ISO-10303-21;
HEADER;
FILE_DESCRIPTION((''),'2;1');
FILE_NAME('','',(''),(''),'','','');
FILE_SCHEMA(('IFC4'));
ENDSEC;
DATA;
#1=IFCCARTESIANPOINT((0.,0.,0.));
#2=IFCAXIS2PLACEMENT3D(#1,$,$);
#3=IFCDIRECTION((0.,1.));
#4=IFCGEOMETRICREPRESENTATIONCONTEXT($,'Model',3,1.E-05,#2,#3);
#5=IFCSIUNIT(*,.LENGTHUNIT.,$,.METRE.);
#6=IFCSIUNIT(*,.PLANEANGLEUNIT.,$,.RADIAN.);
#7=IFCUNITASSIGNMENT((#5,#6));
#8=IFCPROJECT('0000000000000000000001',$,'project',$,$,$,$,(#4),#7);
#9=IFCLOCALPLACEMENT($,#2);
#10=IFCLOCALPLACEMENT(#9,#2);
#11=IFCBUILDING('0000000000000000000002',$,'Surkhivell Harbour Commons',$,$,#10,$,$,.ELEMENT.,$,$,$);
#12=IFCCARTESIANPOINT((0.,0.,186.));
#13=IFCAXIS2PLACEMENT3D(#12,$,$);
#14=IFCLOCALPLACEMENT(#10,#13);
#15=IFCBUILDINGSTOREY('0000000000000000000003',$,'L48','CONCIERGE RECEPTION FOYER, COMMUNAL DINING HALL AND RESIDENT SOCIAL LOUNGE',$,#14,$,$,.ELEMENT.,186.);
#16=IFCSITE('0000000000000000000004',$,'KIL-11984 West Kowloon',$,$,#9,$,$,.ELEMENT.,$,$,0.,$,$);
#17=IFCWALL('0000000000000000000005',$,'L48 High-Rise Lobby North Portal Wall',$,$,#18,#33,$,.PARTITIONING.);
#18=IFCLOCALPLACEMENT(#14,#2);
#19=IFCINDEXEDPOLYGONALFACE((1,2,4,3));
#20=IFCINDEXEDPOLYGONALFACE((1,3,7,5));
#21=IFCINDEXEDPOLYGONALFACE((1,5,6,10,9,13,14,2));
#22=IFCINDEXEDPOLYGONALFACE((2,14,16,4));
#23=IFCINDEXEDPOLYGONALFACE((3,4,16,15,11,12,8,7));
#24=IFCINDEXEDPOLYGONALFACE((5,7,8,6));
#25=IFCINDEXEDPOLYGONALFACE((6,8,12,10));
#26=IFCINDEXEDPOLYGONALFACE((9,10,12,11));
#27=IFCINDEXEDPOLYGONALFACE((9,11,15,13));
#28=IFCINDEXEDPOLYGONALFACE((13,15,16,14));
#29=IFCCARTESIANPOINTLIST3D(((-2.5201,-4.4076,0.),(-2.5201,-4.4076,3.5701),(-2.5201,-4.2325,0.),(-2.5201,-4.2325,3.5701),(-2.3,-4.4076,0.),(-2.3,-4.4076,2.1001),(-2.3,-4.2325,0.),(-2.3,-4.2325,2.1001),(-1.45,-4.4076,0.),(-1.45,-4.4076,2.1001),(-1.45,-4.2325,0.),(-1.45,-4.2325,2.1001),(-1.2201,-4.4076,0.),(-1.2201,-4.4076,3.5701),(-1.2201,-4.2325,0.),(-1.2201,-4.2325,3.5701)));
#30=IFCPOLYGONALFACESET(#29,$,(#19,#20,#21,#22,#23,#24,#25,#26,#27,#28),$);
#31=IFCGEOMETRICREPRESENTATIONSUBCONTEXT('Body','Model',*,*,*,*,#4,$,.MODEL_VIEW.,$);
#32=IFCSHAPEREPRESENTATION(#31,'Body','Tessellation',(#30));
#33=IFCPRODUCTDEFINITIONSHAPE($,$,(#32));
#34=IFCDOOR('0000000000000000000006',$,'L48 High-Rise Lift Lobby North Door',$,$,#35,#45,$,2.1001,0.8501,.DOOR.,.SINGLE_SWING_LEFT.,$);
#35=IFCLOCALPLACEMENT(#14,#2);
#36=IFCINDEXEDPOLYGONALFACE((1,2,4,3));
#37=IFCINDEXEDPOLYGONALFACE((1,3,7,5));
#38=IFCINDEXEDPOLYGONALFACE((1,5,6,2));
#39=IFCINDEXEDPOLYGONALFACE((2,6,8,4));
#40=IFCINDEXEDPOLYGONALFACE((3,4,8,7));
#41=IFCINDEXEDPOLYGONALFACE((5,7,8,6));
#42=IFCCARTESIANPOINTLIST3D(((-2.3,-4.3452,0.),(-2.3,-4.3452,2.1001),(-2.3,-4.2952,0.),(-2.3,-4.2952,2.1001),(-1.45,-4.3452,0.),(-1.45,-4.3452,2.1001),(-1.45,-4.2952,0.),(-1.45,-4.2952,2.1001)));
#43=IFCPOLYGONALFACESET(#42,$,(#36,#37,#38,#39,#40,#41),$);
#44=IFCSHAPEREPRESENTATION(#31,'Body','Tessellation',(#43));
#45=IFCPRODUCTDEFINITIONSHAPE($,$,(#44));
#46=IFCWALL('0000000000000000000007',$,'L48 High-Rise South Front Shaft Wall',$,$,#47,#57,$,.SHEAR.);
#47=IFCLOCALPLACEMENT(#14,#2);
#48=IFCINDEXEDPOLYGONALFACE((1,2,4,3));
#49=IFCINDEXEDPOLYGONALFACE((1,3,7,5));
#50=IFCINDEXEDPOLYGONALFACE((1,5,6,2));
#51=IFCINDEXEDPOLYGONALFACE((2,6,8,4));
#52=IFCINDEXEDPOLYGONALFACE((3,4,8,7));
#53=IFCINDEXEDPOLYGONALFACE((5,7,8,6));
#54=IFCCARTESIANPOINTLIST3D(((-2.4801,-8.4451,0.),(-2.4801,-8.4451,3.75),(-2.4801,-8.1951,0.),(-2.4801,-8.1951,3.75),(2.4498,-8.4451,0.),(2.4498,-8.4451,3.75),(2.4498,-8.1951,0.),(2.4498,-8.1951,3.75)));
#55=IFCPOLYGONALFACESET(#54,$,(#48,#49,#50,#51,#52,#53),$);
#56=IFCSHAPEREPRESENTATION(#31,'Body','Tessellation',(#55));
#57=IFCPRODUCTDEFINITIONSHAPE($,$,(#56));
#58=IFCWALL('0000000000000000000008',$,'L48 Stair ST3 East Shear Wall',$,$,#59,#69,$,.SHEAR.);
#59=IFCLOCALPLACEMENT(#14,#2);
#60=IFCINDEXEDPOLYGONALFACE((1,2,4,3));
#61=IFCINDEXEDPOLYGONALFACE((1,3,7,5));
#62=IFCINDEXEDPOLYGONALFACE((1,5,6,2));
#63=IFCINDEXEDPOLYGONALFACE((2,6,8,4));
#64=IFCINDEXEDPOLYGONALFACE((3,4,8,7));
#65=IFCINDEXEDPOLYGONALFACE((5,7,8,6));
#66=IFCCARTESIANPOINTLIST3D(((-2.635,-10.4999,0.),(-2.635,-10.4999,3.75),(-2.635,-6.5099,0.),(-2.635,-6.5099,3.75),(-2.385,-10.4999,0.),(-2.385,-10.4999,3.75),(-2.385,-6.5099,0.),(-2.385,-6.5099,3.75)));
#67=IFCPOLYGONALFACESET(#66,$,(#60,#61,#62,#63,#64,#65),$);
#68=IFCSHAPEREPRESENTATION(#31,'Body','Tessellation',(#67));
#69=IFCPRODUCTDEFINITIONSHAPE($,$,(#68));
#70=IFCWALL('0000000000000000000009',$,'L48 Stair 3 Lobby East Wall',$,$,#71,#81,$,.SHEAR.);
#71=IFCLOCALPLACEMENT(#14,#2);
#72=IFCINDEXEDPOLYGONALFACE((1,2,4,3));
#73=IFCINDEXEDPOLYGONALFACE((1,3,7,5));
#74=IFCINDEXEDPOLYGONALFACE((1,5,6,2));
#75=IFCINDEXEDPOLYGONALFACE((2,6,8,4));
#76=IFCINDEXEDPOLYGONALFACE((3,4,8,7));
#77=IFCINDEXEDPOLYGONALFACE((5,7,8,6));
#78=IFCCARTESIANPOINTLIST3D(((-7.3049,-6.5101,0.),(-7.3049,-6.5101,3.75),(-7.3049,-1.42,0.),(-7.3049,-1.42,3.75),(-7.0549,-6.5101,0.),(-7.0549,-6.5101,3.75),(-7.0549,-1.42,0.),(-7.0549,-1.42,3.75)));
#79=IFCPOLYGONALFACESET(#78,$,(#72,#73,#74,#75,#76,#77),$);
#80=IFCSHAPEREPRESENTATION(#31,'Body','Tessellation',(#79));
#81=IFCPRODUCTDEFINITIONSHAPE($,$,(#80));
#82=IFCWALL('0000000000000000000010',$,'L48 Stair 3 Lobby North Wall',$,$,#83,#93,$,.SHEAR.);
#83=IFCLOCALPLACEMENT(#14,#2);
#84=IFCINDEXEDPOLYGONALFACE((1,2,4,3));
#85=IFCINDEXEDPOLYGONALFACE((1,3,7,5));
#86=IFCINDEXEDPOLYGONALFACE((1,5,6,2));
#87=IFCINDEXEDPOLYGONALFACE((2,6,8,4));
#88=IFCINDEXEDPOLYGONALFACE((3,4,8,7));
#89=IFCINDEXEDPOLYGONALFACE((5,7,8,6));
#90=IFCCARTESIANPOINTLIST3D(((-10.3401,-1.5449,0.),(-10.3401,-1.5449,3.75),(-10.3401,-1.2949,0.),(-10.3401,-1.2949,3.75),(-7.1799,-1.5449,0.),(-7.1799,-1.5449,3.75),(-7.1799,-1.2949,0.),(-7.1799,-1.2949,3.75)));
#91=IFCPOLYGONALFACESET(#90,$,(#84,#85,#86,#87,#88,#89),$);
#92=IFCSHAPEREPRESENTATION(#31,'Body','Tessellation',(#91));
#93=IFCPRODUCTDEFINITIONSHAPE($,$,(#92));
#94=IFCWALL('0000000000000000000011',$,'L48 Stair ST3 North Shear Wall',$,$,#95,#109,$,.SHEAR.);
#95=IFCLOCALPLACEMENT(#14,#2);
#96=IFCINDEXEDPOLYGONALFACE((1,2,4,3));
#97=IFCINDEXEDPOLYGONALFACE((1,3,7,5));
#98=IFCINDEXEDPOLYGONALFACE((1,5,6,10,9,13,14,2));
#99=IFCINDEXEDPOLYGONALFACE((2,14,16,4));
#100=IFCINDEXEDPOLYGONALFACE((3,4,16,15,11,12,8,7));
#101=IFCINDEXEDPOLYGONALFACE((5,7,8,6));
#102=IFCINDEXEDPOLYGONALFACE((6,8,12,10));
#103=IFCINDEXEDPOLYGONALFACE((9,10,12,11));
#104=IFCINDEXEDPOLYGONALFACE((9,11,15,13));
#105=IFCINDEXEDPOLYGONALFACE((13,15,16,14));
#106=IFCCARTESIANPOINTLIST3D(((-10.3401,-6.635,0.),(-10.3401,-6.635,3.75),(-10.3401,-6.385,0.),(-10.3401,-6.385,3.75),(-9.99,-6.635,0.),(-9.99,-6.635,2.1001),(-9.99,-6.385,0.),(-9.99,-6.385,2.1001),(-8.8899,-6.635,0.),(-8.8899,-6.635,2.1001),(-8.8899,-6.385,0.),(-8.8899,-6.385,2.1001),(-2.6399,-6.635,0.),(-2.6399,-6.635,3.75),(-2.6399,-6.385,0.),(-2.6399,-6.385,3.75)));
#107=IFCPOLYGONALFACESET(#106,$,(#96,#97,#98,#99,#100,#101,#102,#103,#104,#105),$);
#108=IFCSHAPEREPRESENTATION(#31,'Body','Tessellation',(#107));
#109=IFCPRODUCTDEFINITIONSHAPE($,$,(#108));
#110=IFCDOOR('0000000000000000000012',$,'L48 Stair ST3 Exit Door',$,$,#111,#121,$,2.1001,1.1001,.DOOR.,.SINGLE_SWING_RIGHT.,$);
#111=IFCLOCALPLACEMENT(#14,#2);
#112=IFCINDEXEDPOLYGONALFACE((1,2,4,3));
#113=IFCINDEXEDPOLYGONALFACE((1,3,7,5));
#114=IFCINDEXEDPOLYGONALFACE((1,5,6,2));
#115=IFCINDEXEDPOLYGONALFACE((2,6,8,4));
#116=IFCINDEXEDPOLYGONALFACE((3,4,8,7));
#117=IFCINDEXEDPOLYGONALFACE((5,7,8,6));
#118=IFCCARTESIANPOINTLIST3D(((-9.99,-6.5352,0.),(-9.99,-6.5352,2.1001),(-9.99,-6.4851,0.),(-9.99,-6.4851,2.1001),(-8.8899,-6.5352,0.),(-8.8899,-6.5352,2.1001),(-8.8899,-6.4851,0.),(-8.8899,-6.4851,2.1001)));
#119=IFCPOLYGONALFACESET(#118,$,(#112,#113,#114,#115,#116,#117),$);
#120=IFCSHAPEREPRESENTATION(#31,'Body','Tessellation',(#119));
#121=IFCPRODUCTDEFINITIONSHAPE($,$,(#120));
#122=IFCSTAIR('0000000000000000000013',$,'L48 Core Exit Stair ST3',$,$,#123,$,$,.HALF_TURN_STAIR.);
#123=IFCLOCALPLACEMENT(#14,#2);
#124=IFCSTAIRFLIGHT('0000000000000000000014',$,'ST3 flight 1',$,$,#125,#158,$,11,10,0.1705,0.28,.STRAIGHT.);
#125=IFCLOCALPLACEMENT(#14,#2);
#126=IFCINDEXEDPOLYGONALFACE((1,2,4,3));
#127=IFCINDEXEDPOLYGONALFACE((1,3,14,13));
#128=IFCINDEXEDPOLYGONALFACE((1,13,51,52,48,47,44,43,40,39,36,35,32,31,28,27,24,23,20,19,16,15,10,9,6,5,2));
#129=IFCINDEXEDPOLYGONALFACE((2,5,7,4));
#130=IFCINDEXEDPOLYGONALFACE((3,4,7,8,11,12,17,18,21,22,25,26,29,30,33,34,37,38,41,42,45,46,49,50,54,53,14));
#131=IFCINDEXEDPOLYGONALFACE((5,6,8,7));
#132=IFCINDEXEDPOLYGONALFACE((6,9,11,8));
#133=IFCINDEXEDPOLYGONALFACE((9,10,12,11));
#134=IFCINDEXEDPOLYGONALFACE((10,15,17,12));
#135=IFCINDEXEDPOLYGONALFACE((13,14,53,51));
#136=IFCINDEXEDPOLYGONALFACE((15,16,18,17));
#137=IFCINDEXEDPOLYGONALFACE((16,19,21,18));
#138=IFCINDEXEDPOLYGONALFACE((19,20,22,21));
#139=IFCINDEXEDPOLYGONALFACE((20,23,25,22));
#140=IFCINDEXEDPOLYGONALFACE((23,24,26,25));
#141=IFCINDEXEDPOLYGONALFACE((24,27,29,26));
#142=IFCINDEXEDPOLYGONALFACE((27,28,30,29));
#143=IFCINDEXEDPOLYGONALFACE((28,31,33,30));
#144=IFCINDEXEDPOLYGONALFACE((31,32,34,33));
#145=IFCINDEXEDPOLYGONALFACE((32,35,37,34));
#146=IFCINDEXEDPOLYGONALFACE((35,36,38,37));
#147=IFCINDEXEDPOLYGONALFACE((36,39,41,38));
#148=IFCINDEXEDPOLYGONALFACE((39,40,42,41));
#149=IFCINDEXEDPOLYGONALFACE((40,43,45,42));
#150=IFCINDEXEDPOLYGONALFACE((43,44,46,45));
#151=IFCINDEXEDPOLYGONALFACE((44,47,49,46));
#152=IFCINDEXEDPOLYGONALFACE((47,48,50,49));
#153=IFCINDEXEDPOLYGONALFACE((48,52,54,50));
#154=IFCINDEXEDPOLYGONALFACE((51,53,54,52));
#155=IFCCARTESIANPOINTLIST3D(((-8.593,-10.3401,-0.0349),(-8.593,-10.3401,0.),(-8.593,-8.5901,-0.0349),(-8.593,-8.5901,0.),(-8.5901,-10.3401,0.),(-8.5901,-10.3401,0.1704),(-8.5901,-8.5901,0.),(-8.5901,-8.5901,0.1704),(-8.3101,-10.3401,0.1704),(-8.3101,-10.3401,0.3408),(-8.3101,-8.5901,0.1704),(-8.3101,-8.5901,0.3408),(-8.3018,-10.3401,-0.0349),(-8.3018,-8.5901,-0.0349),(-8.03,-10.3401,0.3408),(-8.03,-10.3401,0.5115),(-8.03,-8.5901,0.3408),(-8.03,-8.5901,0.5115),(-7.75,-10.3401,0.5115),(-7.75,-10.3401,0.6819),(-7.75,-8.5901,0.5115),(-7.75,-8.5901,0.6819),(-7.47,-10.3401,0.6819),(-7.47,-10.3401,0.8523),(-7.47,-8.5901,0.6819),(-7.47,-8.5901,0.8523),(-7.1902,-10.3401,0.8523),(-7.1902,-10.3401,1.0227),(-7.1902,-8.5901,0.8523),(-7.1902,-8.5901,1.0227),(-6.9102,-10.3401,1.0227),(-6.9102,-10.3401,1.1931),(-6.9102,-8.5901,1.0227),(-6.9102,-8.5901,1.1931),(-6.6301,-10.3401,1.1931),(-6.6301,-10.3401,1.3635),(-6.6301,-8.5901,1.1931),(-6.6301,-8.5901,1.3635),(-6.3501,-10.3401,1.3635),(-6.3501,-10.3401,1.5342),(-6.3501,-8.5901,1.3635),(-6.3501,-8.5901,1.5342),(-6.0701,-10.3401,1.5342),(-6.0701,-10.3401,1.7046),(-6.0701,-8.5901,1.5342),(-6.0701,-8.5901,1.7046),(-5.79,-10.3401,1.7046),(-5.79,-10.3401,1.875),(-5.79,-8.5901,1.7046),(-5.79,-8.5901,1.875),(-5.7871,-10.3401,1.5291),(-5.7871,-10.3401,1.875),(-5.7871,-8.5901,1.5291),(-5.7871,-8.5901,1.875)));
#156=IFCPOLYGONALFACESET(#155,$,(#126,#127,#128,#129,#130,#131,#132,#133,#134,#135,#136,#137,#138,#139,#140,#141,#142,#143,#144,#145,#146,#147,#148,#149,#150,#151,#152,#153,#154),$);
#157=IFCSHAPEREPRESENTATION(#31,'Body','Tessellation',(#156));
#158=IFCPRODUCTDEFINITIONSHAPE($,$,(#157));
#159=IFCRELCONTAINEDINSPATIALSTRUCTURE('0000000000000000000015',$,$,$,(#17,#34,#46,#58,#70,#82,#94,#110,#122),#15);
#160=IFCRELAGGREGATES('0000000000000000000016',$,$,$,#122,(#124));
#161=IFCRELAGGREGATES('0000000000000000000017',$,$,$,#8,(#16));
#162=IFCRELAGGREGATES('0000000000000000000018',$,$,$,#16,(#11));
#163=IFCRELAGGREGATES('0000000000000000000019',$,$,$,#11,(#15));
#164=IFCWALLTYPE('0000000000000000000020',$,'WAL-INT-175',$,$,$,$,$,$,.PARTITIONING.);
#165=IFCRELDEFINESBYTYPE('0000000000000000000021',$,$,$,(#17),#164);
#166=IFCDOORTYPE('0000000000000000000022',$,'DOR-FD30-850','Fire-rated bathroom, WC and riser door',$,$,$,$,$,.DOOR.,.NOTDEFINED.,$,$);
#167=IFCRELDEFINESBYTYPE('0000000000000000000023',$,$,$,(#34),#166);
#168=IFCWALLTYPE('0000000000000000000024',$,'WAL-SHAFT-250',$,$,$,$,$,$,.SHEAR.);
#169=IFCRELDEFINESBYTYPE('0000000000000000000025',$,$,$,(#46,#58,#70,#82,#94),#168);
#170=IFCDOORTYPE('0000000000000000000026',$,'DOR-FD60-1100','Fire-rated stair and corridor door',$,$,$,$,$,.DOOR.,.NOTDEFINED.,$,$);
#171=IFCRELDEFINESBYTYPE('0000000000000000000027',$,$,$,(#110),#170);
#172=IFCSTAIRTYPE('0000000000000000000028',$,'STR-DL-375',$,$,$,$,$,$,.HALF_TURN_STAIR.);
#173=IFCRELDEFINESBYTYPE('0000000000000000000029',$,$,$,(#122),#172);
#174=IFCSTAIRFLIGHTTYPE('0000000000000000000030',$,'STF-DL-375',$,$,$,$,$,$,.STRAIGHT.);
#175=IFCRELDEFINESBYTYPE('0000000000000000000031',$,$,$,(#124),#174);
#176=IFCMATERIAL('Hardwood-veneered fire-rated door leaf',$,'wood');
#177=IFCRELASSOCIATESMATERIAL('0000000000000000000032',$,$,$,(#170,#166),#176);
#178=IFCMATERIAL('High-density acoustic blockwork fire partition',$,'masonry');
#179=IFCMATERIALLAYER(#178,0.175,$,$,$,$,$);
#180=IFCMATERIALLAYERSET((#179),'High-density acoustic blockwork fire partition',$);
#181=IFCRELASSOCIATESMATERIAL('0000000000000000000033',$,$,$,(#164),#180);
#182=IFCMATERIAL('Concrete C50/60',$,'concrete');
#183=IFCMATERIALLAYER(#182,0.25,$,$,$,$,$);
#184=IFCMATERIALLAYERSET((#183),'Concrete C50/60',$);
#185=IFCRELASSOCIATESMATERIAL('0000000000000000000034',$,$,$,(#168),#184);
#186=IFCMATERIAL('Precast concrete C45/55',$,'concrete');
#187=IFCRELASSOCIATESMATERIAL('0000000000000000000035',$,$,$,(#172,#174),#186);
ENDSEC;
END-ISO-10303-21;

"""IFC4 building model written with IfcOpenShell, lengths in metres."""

from ifc_helpers import new_model, si_unit, direction, frame, frame_2d, origin, place, context, subcontext, project, spatial, polyline, rectangle, outline, extrude, material, layer, layer_set, type_object, element, fill, aggregate, save


model = new_model("IFC4")

# Units and contexts
model_context = context("Model", 3, precision=1e-05, world=origin(), true_north=direction((0.0, 1.0)))
body_context = subcontext(model_context, "Body", "Model", "MODEL_VIEW")
ifc_project = project(units=[si_unit("LENGTHUNIT", "METRE"), si_unit("PLANEANGLEUNIT", "RADIAN")], contexts=[model_context])

# Site, building, storey
site_placement = place(None, origin())
site = spatial("IfcSite", under=ifc_project, at=site_placement, Name="KIL-11984 West Kowloon", CompositionType="ELEMENT", RefElevation=0.0)
building_placement = place(site_placement, origin())
building = spatial("IfcBuilding", under=site, at=building_placement, Name="Surkhivell Harbour Commons", CompositionType="ELEMENT")
storey_placement = place(building_placement, frame((0.0, 0.0, 186.0)))
storey = spatial("IfcBuildingStorey", under=building, at=storey_placement, Name="L48", Description="CONCIERGE RECEPTION FOYER, COMMUNAL DINING HALL AND RESIDENT SOCIAL LOUNGE", CompositionType="ELEMENT", Elevation=186.0)

# Shared definitions
ifc_material_1 = material(Name="Hardwood-veneered fire-rated door leaf", Category="wood")
door_type_1 = type_object("IfcDoorType", Name="DOR-FD60-1100", Description="Fire-rated stair and corridor door", OperationType="NOTDEFINED", PredefinedType="DOOR", material=ifc_material_1)
door_type_2 = type_object("IfcDoorType", Name="DOR-FD30-850", Description="Fire-rated bathroom, WC and riser door", OperationType="NOTDEFINED", PredefinedType="DOOR", material=ifc_material_1)

# Shared definitions
ifc_material_2 = material(Name="High-density acoustic blockwork fire partition", Category="masonry")
ifc_layer_1 = layer(ifc_material_2, 0.175)
ifc_layer_set_1 = layer_set([ifc_layer_1], Name="High-density acoustic blockwork fire partition")
wall_type_1 = type_object("IfcWallType", Name="WAL-INT-175", PredefinedType="PARTITIONING", material=ifc_layer_set_1)

# Wall, opening, door
wall_1_placement = place(storey_placement, frame((-2.52, -4.3201, 0.0), z_axis=(0.0, 0.0, 1.0), x_axis=(1.0, 0.0, 0.0)))
wall_1 = element("IfcWall", 1, at=wall_1_placement, inside=storey, type_object=wall_type_1, Name="L48 High-Rise Lobby North Portal Wall", PredefinedType="PARTITIONING", context=body_context, shape_type="SweptSolid", body=[
    extrude(rectangle(XDim=1.3, YDim=0.175, at=frame_2d((0.6499, 0.0))), origin(), (0.0, 0.0, 1.0), 3.5701),
])
opening_1_placement = place(wall_1_placement, frame((0.22, 0.0, 0.0)))
opening_1 = element("IfcOpeningElement", 2, at=opening_1_placement, cuts=wall_1, PredefinedType="OPENING", context=body_context, shape_type="SweptSolid", body=[
    extrude(rectangle(XDim=0.8501, YDim=2.1001, at=frame_2d((0.425, 1.05))), frame((0.0, 0.0974, 0.0), z_axis=(0.0, -1.0, 0.0), x_axis=(1.0, 0.0, 0.0)), (0.0, 0.0, 1.0), 0.1951),
])
door_1_placement = place(opening_1_placement, origin())
door_1 = element("IfcDoor", 3, at=door_1_placement, inside=storey, type_object=door_type_2, Name="L48 High-Rise Lift Lobby North Door", OperationType="SINGLE_SWING_LEFT", OverallHeight=2.1001, OverallWidth=0.8501, PredefinedType="DOOR", context=body_context, shape_type="SweptSolid", body=[
    extrude(rectangle(XDim=0.8501, YDim=2.1001, at=frame_2d((0.425, 1.05))), frame((0.0, 0.0249, 0.0), z_axis=(0.0, -1.0, 0.0), x_axis=(1.0, 0.0, 0.0)), (0.0, 0.0, 1.0), 0.05),
])
fill(opening_1, door_1)

# Walls
ifc_material_3 = material(Name="Concrete C50/60", Category="concrete")
ifc_layer_2 = layer(ifc_material_3, 0.25)
ifc_layer_set_2 = layer_set([ifc_layer_2], Name="Concrete C50/60")
wall_type_2 = type_object("IfcWallType", Name="WAL-SHAFT-250", PredefinedType="SHEAR", material=ifc_layer_set_2)
wall_2_placement = place(storey_placement, frame((-2.48, -8.3201, 0.0), z_axis=(0.0, 0.0, 1.0), x_axis=(1.0, 0.0, 0.0)))
element("IfcWall", 4, at=wall_2_placement, inside=storey, type_object=wall_type_2, Name="L48 High-Rise South Front Shaft Wall", PredefinedType="SHEAR", context=body_context, shape_type="SweptSolid", body=[
    extrude(rectangle(XDim=4.9299, YDim=0.25, at=frame_2d((2.4648, 0.0))), origin(), (0.0, 0.0, 1.0), 3.75),
])
wall_3_placement = place(storey_placement, frame((-2.51, -10.5, 0.0), z_axis=(0.0, 0.0, 1.0), x_axis=(0.0, 1.0, 0.0)))
element("IfcWall", 5, at=wall_3_placement, inside=storey, type_object=wall_type_2, Name="L48 Stair ST3 East Shear Wall", PredefinedType="SHEAR", context=body_context, shape_type="SweptSolid", body=[
    extrude(rectangle(XDim=3.99, YDim=0.25, at=frame_2d((1.9951, 0.0))), origin(), (0.0, 0.0, 1.0), 3.75),
])
wall_4_placement = place(storey_placement, frame((-7.1799, -6.51, 0.0), z_axis=(0.0, 0.0, 1.0), x_axis=(0.0, 1.0, 0.0)))
element("IfcWall", 6, at=wall_4_placement, inside=storey, type_object=wall_type_2, Name="L48 Stair 3 Lobby East Wall", PredefinedType="SHEAR", context=body_context, shape_type="SweptSolid", body=[
    extrude(rectangle(XDim=5.0901, YDim=0.25, at=frame_2d((2.5449, 0.0))), origin(), (0.0, 0.0, 1.0), 3.75),
])
wall_5_placement = place(storey_placement, frame((-10.3401, -1.4199, 0.0), z_axis=(0.0, 0.0, 1.0), x_axis=(1.0, 0.0, 0.0)))
element("IfcWall", 7, at=wall_5_placement, inside=storey, type_object=wall_type_2, Name="L48 Stair 3 Lobby North Wall", PredefinedType="SHEAR", context=body_context, shape_type="SweptSolid", body=[
    extrude(rectangle(XDim=3.1602, YDim=0.25, at=frame_2d((1.5801, 0.0))), origin(), (0.0, 0.0, 1.0), 3.75),
])

# Wall, opening, door
wall_6_placement = place(storey_placement, frame((-10.3401, -6.51, 0.0), z_axis=(0.0, 0.0, 1.0), x_axis=(1.0, 0.0, 0.0)))
wall_6 = element("IfcWall", 8, at=wall_6_placement, inside=storey, type_object=wall_type_2, Name="L48 Stair ST3 North Shear Wall", PredefinedType="SHEAR", context=body_context, shape_type="SweptSolid", body=[
    extrude(rectangle(XDim=7.7002, YDim=0.25, at=frame_2d((3.8501, 0.0))), origin(), (0.0, 0.0, 1.0), 3.75),
])
opening_2_placement = place(wall_6_placement, frame((0.3501, 0.0, 0.0)))
opening_2 = element("IfcOpeningElement", 9, at=opening_2_placement, cuts=wall_6, PredefinedType="OPENING", context=body_context, shape_type="SweptSolid", body=[
    extrude(rectangle(XDim=1.1001, YDim=2.1001, at=frame_2d((0.55, 1.05))), frame((0.0, 0.135, 0.0), z_axis=(0.0, -1.0, 0.0), x_axis=(1.0, 0.0, 0.0)), (0.0, 0.0, 1.0), 0.27),
])
door_2_placement = place(opening_2_placement, origin())
door_2 = element("IfcDoor", 10, at=door_2_placement, inside=storey, type_object=door_type_1, Name="L48 Stair ST3 Exit Door", OperationType="SINGLE_SWING_RIGHT", OverallHeight=2.1001, OverallWidth=1.1001, PredefinedType="DOOR", context=body_context, shape_type="SweptSolid", body=[
    extrude(rectangle(XDim=1.1001, YDim=2.1001, at=frame_2d((0.55, 1.05))), frame((0.0, 0.0249, 0.0), z_axis=(0.0, -1.0, 0.0), x_axis=(1.0, 0.0, 0.0)), (0.0, 0.0, 1.0), 0.05),
])
fill(opening_2, door_2)

# Stair, stair flight
ifc_material_4 = material(Name="Precast concrete C45/55", Category="concrete")
stair_type = type_object("IfcStairType", Name="STR-DL-375", PredefinedType="HALF_TURN_STAIR", material=ifc_material_4)
stair_placement = place(storey_placement, origin())
stair = element("IfcStair", 11, at=stair_placement, inside=storey, type_object=stair_type, Name="L48 Core Exit Stair ST3", PredefinedType="HALF_TURN_STAIR")
stair_flight_type = type_object("IfcStairFlightType", Name="STF-DL-375", PredefinedType="STRAIGHT", material=ifc_material_4)
stair_flight_1_placement = place(storey_placement, frame((-8.5901, -9.4651, 0.0), z_axis=(0.0, 0.0, 1.0), x_axis=(1.0, 0.0, 0.0)))
stair_flight_1 = element("IfcStairFlight", 12, at=stair_flight_1_placement, type_object=stair_flight_type, Name="ST3 flight 1", NumberOfRisers=11, NumberOfTreads=10, PredefinedType="STRAIGHT", RiserHeight=0.1705, TreadLength=0.28, context=body_context, shape_type="SweptSolid", body=[
    extrude(outline(polyline([(-0.0029, -0.0349), (-0.0029, 0.0), (0.0, 0.0), (0.0, 0.1704), (0.28, 0.1704), (0.28, 0.3408), (0.5601, 0.3408), (0.5601, 0.5115), (0.8401, 0.5115), (0.8401, 0.6819), (1.1201, 0.6819), (1.1201, 0.8523), (1.3999, 0.8523), (1.3999, 1.0227), (1.6799, 1.0227), (1.6799, 1.1931), (1.96, 1.1931), (1.96, 1.3635), (2.24, 1.3635), (2.24, 1.5342), (2.52, 1.5342), (2.52, 1.7046), (2.8, 1.7046), (2.8, 1.875), (2.803, 1.875), (2.803, 1.5291), (0.2883, -0.0349), (-0.0029, -0.0349)])), frame((0.0, 0.875, 0.0), z_axis=(0.0, -1.0, 0.0), x_axis=(1.0, 0.0, 0.0)), (0.0, 0.0, 1.0), 1.75),
])
aggregate(stair, [stair_flight_1])

save(model, "model.ifc")
